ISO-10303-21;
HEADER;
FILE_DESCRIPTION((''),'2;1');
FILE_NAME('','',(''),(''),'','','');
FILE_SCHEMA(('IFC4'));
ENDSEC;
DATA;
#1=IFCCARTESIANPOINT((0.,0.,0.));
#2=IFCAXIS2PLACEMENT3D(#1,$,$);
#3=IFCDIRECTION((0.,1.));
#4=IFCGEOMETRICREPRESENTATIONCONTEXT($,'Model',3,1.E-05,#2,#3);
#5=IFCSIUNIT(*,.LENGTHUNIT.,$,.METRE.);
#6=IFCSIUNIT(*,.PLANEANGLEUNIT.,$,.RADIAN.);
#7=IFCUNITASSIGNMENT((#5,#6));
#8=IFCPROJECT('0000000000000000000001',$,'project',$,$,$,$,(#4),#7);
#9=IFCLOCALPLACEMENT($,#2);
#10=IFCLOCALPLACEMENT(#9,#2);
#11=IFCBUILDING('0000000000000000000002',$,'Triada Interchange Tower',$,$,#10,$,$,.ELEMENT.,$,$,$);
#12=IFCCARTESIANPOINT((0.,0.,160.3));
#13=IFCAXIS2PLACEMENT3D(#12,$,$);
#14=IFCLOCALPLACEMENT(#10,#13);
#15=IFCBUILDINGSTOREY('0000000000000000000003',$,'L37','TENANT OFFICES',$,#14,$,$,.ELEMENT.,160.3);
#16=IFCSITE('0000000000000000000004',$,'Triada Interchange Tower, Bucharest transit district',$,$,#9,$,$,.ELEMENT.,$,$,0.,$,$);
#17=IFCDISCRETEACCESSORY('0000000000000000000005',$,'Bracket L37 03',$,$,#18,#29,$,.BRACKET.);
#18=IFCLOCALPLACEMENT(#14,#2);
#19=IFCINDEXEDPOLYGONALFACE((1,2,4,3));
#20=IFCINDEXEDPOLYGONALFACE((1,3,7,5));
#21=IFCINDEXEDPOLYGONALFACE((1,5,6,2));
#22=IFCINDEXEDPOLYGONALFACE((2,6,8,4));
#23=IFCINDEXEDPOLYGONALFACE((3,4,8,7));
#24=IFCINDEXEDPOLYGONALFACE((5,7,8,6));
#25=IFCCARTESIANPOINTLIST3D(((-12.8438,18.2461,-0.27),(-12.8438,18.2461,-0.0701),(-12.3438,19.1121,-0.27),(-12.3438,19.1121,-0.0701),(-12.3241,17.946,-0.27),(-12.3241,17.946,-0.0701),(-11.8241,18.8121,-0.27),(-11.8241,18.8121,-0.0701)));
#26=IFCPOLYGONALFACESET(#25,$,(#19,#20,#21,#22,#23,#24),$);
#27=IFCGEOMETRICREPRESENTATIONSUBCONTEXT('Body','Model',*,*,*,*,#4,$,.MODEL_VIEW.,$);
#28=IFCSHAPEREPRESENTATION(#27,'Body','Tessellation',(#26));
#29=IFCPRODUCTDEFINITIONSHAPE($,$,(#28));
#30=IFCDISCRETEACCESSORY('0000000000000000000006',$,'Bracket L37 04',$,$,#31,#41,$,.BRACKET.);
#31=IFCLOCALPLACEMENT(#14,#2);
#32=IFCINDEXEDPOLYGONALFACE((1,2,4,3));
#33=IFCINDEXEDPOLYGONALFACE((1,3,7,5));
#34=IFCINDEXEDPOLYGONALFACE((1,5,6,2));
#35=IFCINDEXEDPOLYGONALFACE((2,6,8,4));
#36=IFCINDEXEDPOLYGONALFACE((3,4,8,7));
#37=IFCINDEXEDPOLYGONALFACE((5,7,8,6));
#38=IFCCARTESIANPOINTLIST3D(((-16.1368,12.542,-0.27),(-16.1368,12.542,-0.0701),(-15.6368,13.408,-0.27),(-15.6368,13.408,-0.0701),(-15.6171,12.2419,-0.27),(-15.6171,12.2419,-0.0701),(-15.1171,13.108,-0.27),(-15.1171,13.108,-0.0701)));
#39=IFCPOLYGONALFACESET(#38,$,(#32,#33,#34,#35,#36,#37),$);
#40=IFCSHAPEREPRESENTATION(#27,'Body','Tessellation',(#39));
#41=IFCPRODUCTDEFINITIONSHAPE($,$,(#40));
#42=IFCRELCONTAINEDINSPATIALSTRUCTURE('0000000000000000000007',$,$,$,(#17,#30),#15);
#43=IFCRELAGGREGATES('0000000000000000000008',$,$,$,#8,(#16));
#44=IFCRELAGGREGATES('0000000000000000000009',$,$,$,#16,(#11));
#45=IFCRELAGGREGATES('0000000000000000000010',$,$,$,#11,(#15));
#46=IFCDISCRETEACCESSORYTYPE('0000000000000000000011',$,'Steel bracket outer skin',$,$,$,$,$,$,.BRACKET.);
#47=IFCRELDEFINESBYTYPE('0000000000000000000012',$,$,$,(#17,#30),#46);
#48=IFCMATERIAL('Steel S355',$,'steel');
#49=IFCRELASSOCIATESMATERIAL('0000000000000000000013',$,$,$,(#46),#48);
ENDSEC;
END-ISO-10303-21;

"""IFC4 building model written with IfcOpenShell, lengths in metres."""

from ifc_helpers import new_model, si_unit, direction, frame, origin, origin_2d, place, context, subcontext, project, spatial, rectangle, extrude, material, type_object, element, save


model = new_model("IFC4")

# Units and contexts
model_context = context("Model", 3, precision=1e-05, world=origin(), true_north=direction((0.0, 1.0)))
body_context = subcontext(model_context, "Body", "Model", "MODEL_VIEW")
ifc_project = project(units=[si_unit("LENGTHUNIT", "METRE"), si_unit("PLANEANGLEUNIT", "RADIAN")], contexts=[model_context])

# Site, building, storey
site_placement = place(None, origin())
site = spatial("IfcSite", under=ifc_project, at=site_placement, Name="Triada Interchange Tower, Bucharest transit district", CompositionType="ELEMENT", RefElevation=0.0)
building_placement = place(site_placement, origin())
building = spatial("IfcBuilding", under=site, at=building_placement, Name="Triada Interchange Tower", CompositionType="ELEMENT")
storey_placement = place(building_placement, frame((0.0, 0.0, 160.3)))
storey = spatial("IfcBuildingStorey", under=building, at=storey_placement, Name="L37", Description="TENANT OFFICES", CompositionType="ELEMENT", Elevation=160.3)

# Discrete accessories
ifc_material_1 = material(Name="Steel S355", Category="steel")
discrete_accessory_type = type_object("IfcDiscreteAccessoryType", Name="Steel bracket outer skin", PredefinedType="BRACKET", material=ifc_material_1)
for number, where, z_axis, x_axis, name in (
    (1, (-12.334, 18.5291, -0.27), (0.0, 0.0, 1.0), (-0.866036, 0.499982, 0.0), "Bracket L37 03"),
    (2, (-15.627, 12.825, -0.27), (0.0, 0.0, 1.0), (-0.866036, 0.499982, 0.0), "Bracket L37 04"),
):
    element("IfcDiscreteAccessory", number, at=place(storey_placement, frame(where, z_axis=z_axis, x_axis=x_axis)), inside=storey, type_object=discrete_accessory_type, Name=name, PredefinedType="BRACKET", context=body_context, shape_type="SweptSolid", body=[
        extrude(rectangle(XDim=0.6001, YDim=1.0, at=origin_2d()), origin(), (0.0, 0.0, 1.0), 0.2),
    ])

save(model, "model.ifc")
